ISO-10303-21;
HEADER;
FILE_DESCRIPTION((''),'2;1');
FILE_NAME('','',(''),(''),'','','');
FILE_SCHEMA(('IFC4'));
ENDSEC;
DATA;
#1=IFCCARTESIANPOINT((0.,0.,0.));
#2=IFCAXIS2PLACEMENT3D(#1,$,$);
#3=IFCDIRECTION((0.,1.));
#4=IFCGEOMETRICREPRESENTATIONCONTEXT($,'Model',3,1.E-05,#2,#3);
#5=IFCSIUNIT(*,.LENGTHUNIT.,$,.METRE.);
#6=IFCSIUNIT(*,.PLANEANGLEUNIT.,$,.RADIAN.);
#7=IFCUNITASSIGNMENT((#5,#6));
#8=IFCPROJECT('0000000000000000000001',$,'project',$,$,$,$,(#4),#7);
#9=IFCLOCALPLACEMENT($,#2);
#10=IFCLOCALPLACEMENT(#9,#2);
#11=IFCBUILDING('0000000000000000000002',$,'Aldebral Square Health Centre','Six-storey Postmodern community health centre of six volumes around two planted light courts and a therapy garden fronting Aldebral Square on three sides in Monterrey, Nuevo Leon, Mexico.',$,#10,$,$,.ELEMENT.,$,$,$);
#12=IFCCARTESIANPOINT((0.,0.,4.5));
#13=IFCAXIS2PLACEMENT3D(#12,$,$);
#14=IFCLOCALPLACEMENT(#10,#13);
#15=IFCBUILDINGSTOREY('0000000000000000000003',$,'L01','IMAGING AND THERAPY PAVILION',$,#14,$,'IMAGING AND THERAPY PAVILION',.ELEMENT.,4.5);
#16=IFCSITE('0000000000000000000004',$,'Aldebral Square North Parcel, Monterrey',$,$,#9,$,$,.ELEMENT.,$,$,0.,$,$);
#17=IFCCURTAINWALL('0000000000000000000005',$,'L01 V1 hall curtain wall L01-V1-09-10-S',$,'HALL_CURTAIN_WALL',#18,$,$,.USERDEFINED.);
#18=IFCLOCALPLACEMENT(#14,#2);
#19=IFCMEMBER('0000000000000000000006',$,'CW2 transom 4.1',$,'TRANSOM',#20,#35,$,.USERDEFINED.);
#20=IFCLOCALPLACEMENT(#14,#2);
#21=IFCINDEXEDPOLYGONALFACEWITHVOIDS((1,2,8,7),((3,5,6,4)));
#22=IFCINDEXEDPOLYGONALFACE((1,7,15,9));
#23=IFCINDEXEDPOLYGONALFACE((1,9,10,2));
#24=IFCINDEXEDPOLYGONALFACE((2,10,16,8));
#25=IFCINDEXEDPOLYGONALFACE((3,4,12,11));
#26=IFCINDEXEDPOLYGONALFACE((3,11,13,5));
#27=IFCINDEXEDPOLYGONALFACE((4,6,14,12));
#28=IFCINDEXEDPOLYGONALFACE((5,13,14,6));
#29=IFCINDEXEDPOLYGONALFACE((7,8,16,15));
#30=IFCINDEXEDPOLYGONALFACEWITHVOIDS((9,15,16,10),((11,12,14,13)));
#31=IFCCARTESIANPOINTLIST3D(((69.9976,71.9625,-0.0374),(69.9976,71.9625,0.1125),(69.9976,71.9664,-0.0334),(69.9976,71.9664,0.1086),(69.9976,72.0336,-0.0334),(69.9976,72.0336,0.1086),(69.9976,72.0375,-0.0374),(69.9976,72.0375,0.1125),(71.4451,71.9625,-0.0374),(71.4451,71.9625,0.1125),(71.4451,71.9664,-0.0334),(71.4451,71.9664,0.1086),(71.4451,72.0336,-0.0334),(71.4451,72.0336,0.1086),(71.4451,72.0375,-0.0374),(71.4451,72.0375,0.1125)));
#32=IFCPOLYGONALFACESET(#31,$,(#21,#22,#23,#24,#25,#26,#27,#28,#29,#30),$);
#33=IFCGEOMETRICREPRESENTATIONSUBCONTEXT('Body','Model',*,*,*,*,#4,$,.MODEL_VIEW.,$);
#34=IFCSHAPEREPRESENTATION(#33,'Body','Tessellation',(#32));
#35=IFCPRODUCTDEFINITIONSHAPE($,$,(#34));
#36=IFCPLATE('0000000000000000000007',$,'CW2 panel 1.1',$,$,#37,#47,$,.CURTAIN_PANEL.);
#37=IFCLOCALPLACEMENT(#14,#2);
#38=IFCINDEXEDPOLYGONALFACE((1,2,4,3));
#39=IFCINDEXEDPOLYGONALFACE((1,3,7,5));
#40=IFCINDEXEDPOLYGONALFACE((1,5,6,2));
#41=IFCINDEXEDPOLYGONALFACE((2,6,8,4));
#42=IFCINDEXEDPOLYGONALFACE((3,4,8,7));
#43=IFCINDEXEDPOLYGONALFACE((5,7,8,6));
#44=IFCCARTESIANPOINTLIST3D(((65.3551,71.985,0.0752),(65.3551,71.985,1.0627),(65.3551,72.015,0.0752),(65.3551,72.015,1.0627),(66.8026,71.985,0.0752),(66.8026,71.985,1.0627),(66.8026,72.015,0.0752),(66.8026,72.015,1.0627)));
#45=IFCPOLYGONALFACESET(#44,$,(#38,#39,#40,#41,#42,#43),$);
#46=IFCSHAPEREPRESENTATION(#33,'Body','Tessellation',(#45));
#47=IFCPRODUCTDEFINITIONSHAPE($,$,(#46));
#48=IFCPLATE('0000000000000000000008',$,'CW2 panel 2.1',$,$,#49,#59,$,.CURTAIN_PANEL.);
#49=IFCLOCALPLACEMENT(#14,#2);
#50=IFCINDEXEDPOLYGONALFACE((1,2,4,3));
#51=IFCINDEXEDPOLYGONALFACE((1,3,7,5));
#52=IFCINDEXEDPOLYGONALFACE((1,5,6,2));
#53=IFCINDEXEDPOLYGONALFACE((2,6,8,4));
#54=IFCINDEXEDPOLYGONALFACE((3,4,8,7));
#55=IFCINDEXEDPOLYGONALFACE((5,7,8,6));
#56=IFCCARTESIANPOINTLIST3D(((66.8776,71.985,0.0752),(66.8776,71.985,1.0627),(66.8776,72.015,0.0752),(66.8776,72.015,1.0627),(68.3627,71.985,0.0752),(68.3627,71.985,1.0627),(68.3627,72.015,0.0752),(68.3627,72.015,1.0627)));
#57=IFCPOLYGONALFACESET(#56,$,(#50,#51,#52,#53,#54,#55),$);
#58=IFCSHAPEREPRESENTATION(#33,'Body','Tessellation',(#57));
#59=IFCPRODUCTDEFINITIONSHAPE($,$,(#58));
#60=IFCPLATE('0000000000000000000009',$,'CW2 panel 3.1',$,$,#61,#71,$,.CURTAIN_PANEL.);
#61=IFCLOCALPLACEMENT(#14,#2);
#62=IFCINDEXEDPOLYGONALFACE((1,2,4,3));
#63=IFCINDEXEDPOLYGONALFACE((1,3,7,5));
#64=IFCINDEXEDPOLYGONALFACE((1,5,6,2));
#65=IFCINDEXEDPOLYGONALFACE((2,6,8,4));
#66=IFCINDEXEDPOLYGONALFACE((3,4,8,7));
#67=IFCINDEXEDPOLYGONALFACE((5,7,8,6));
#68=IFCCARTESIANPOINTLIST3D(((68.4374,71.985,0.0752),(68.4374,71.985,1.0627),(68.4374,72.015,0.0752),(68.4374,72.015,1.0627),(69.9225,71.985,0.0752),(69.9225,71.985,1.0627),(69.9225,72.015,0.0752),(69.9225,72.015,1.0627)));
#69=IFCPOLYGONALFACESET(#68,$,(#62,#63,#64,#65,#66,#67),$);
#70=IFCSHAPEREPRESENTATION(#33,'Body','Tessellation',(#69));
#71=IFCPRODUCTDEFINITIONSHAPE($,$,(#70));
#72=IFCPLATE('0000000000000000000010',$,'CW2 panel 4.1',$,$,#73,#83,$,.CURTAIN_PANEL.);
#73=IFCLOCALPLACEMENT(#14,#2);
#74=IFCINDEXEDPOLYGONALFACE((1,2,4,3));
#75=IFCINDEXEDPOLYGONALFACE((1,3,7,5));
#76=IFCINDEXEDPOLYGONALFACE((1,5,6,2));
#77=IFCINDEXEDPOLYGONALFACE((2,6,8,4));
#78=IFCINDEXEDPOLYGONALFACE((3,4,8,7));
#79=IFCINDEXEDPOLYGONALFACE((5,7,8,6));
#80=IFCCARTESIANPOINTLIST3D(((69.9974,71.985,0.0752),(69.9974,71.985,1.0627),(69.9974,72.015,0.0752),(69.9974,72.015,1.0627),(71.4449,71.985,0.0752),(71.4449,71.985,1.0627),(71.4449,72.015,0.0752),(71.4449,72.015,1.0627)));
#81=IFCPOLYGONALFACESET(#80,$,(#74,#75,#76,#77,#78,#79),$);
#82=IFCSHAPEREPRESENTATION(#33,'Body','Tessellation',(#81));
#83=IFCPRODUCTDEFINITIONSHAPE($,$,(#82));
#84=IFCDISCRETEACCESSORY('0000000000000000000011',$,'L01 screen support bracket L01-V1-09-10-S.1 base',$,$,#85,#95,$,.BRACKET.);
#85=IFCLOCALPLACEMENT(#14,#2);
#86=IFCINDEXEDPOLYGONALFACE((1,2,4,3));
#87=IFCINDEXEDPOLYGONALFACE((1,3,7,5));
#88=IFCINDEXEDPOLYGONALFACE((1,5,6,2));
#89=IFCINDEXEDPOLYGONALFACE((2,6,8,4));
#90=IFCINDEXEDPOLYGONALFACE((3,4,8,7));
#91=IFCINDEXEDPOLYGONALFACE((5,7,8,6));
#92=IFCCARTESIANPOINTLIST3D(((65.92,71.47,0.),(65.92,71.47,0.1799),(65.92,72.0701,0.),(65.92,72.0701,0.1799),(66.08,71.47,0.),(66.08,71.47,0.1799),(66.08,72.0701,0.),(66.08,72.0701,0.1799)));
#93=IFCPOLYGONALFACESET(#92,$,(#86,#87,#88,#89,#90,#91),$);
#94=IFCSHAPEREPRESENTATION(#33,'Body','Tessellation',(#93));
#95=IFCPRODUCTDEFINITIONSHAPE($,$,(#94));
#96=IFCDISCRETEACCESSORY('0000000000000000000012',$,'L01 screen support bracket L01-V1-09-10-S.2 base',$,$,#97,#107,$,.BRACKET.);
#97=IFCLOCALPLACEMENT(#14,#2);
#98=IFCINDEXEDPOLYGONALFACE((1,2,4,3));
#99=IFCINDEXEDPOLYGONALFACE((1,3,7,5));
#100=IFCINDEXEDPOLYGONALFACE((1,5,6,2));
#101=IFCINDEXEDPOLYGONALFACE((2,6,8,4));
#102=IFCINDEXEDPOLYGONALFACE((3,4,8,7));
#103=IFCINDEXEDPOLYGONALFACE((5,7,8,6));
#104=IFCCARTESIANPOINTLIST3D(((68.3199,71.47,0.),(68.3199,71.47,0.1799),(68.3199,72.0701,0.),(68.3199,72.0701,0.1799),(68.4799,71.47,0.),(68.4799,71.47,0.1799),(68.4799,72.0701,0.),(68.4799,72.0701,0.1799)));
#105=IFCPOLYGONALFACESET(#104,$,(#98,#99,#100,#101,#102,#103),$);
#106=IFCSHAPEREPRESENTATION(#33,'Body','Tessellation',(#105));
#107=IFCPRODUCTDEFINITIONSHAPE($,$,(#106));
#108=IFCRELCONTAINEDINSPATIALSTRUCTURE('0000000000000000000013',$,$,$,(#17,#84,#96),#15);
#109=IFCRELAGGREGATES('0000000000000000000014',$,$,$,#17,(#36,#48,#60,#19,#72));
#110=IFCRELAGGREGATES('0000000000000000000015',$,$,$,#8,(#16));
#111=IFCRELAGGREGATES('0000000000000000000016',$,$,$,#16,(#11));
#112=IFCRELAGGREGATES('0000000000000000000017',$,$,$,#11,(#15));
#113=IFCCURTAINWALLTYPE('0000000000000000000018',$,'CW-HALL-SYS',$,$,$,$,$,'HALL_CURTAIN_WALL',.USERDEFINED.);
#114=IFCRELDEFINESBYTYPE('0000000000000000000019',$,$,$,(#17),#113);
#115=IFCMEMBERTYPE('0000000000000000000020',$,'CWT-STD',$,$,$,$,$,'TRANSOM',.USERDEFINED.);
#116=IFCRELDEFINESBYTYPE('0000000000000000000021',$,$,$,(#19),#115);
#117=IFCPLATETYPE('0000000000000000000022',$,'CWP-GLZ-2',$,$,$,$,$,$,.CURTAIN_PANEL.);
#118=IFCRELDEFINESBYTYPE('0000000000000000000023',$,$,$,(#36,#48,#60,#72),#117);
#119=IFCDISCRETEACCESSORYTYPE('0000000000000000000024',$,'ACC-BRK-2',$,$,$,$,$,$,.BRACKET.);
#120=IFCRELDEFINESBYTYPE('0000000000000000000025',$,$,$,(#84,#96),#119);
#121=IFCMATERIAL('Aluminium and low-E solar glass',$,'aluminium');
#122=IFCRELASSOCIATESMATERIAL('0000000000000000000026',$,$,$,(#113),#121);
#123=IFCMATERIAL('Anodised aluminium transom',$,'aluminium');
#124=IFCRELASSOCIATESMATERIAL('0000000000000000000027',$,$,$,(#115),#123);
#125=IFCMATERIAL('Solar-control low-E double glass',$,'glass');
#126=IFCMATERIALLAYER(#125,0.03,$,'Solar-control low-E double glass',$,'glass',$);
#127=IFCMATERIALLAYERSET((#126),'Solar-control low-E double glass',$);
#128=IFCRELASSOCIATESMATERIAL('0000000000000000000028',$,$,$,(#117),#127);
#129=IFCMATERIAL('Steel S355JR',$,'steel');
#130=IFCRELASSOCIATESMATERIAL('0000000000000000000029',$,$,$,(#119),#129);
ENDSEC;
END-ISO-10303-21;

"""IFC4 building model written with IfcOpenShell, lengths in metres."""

from ifc_helpers import new_model, si_unit, direction, frame, origin, origin_2d, place, context, subcontext, project, spatial, rectangle, hollow_rectangle, extrude, material, layer, layer_set, material_profile, profile_set, type_object, element, aggregate, save


model = new_model("IFC4")

# Units and contexts
model_context = context("Model", 3, precision=1e-05, world=origin(), true_north=direction((0.0, 1.0)))
body_context = subcontext(model_context, "Body", "Model", "MODEL_VIEW")
ifc_project = project(units=[si_unit("LENGTHUNIT", "METRE"), si_unit("PLANEANGLEUNIT", "RADIAN")], contexts=[model_context])

# Site, building, storey
site_placement = place(None, origin())
site = spatial("IfcSite", under=ifc_project, at=site_placement, Name="Aldebral Square North Parcel, Monterrey", CompositionType="ELEMENT", RefElevation=0.0)
building_placement = place(site_placement, origin())
building = spatial("IfcBuilding", under=site, at=building_placement, Name="Aldebral Square Health Centre", Description="Six-storey Postmodern community health centre of six volumes around two planted light courts and a therapy garden fronting Aldebral Square on three sides in Monterrey, Nuevo Leon, Mexico.", CompositionType="ELEMENT")
storey_placement = place(building_placement, frame((0.0, 0.0, 4.5)))
storey = spatial("IfcBuildingStorey", under=building, at=storey_placement, Name="L01", Description="IMAGING AND THERAPY PAVILION", LongName="IMAGING AND THERAPY PAVILION", CompositionType="ELEMENT", Elevation=4.5)

# Curtain wall, member, plates
ifc_material_1 = material(Name="Aluminium and low-E solar glass", Category="aluminium")
curtain_wall_type = type_object("IfcCurtainWallType", Name="CW-HALL-SYS", ElementType="HALL_CURTAIN_WALL", PredefinedType="USERDEFINED", material=ifc_material_1)
curtain_wall_placement = place(storey_placement, origin())
curtain_wall = element("IfcCurtainWall", 1, at=curtain_wall_placement, inside=storey, type_object=curtain_wall_type, Name="L01 V1 hall curtain wall L01-V1-09-10-S", ObjectType="HALL_CURTAIN_WALL", PredefinedType="USERDEFINED")
ifc_material_2 = material(Name="Anodised aluminium transom", Category="aluminium")
ifc_material_profile_1 = material_profile(ifc_material_2, hollow_rectangle(XDim=0.075, YDim=0.1499, WallThickness=0.0039, at=origin_2d()), Name="CWT 75x150x4")
ifc_profile_set_1 = profile_set([ifc_material_profile_1], Name="Anodised aluminium transom")
member_type_1 = type_object("IfcMemberType", Name="CWT-STD", ElementType="TRANSOM", PredefinedType="USERDEFINED", material=ifc_profile_set_1)
member_1_placement = place(storey_placement, frame((69.9976, 72.0, 0.0376), z_axis=(1.0, 0.0, 0.0), x_axis=(0.0, 1.0, 0.0)))
member_1 = element("IfcMember", 2, at=member_1_placement, type_object=member_type_1, Name="CW2 transom 4.1", ObjectType="TRANSOM", PredefinedType="USERDEFINED", context=body_context, shape_type="SweptSolid", body=[
    extrude(hollow_rectangle(XDim=0.075, YDim=0.1499, WallThickness=0.0039, at=origin_2d()), origin(), (0.0, 0.0, 1.0), 1.4475),
])
ifc_material_3 = material(Name="Solar-control low-E double glass", Category="glass")
ifc_layer_1 = layer(ifc_material_3, 0.03, Name="Solar-control low-E double glass", Category="glass")
ifc_layer_set_1 = layer_set([ifc_layer_1], Name="Solar-control low-E double glass")
plate_type = type_object("IfcPlateType", Name="CWP-GLZ-2", PredefinedType="CURTAIN_PANEL", material=ifc_layer_set_1)
plate_1_placement = place(storey_placement, frame((66.0789, 72.0, 0.0752), z_axis=(0.0, 0.0, 1.0), x_axis=(1.0, 0.0, 0.0)))
plate_1 = element("IfcPlate", 3, at=plate_1_placement, type_object=plate_type, Name="CW2 panel 1.1", PredefinedType="CURTAIN_PANEL", context=body_context, shape_type="SweptSolid", body=[
    extrude(rectangle(XDim=1.4475, YDim=0.03, at=origin_2d()), origin(), (0.0, 0.0, 1.0), 0.9875),
])
plate_2_placement = place(storey_placement, frame((67.6201, 72.0, 0.0752), z_axis=(0.0, 0.0, 1.0), x_axis=(1.0, 0.0, 0.0)))
plate_2 = element("IfcPlate", 4, at=plate_2_placement, type_object=plate_type, Name="CW2 panel 2.1", PredefinedType="CURTAIN_PANEL", context=body_context, shape_type="SweptSolid", body=[
    extrude(rectangle(XDim=1.4851, YDim=0.03, at=origin_2d()), origin(), (0.0, 0.0, 1.0), 0.9875),
])
plate_3_placement = place(storey_placement, frame((69.1799, 72.0, 0.0752), z_axis=(0.0, 0.0, 1.0), x_axis=(1.0, 0.0, 0.0)))
plate_3 = element("IfcPlate", 5, at=plate_3_placement, type_object=plate_type, Name="CW2 panel 3.1", PredefinedType="CURTAIN_PANEL", context=body_context, shape_type="SweptSolid", body=[
    extrude(rectangle(XDim=1.4851, YDim=0.03, at=origin_2d()), origin(), (0.0, 0.0, 1.0), 0.9875),
])
plate_4_placement = place(storey_placement, frame((70.7212, 72.0, 0.0752), z_axis=(0.0, 0.0, 1.0), x_axis=(1.0, 0.0, 0.0)))
plate_4 = element("IfcPlate", 6, at=plate_4_placement, type_object=plate_type, Name="CW2 panel 4.1", PredefinedType="CURTAIN_PANEL", context=body_context, shape_type="SweptSolid", body=[
    extrude(rectangle(XDim=1.4475, YDim=0.03, at=origin_2d()), origin(), (0.0, 0.0, 1.0), 0.9875),
])
aggregate(curtain_wall, [plate_1, plate_2, plate_3, member_1, plate_4])

# Discrete accessories
ifc_material_4 = material(Name="Steel S355JR", Category="steel")
discrete_accessory_type = type_object("IfcDiscreteAccessoryType", Name="ACC-BRK-2", PredefinedType="BRACKET", material=ifc_material_4)
for number, where, z_axis, x_axis, name in (
    (7, (66.0, 71.77, 0.0), (0.0, 0.0, 1.0), (1.0, 0.0, 0.0), "L01 screen support bracket L01-V1-09-10-S.1 base"),
    (8, (68.3999, 71.77, 0.0), (0.0, 0.0, 1.0), (1.0, 0.0, 0.0), "L01 screen support bracket L01-V1-09-10-S.2 base"),
):
    element("IfcDiscreteAccessory", number, at=place(storey_placement, frame(where, z_axis=z_axis, x_axis=x_axis)), inside=storey, type_object=discrete_accessory_type, Name=name, PredefinedType="BRACKET", context=body_context, shape_type="SweptSolid", body=[
        extrude(rectangle(XDim=0.1599, YDim=0.6001, at=origin_2d()), origin(), (0.0, 0.0, 1.0), 0.1799),
    ])

save(model, "model.ifc")
